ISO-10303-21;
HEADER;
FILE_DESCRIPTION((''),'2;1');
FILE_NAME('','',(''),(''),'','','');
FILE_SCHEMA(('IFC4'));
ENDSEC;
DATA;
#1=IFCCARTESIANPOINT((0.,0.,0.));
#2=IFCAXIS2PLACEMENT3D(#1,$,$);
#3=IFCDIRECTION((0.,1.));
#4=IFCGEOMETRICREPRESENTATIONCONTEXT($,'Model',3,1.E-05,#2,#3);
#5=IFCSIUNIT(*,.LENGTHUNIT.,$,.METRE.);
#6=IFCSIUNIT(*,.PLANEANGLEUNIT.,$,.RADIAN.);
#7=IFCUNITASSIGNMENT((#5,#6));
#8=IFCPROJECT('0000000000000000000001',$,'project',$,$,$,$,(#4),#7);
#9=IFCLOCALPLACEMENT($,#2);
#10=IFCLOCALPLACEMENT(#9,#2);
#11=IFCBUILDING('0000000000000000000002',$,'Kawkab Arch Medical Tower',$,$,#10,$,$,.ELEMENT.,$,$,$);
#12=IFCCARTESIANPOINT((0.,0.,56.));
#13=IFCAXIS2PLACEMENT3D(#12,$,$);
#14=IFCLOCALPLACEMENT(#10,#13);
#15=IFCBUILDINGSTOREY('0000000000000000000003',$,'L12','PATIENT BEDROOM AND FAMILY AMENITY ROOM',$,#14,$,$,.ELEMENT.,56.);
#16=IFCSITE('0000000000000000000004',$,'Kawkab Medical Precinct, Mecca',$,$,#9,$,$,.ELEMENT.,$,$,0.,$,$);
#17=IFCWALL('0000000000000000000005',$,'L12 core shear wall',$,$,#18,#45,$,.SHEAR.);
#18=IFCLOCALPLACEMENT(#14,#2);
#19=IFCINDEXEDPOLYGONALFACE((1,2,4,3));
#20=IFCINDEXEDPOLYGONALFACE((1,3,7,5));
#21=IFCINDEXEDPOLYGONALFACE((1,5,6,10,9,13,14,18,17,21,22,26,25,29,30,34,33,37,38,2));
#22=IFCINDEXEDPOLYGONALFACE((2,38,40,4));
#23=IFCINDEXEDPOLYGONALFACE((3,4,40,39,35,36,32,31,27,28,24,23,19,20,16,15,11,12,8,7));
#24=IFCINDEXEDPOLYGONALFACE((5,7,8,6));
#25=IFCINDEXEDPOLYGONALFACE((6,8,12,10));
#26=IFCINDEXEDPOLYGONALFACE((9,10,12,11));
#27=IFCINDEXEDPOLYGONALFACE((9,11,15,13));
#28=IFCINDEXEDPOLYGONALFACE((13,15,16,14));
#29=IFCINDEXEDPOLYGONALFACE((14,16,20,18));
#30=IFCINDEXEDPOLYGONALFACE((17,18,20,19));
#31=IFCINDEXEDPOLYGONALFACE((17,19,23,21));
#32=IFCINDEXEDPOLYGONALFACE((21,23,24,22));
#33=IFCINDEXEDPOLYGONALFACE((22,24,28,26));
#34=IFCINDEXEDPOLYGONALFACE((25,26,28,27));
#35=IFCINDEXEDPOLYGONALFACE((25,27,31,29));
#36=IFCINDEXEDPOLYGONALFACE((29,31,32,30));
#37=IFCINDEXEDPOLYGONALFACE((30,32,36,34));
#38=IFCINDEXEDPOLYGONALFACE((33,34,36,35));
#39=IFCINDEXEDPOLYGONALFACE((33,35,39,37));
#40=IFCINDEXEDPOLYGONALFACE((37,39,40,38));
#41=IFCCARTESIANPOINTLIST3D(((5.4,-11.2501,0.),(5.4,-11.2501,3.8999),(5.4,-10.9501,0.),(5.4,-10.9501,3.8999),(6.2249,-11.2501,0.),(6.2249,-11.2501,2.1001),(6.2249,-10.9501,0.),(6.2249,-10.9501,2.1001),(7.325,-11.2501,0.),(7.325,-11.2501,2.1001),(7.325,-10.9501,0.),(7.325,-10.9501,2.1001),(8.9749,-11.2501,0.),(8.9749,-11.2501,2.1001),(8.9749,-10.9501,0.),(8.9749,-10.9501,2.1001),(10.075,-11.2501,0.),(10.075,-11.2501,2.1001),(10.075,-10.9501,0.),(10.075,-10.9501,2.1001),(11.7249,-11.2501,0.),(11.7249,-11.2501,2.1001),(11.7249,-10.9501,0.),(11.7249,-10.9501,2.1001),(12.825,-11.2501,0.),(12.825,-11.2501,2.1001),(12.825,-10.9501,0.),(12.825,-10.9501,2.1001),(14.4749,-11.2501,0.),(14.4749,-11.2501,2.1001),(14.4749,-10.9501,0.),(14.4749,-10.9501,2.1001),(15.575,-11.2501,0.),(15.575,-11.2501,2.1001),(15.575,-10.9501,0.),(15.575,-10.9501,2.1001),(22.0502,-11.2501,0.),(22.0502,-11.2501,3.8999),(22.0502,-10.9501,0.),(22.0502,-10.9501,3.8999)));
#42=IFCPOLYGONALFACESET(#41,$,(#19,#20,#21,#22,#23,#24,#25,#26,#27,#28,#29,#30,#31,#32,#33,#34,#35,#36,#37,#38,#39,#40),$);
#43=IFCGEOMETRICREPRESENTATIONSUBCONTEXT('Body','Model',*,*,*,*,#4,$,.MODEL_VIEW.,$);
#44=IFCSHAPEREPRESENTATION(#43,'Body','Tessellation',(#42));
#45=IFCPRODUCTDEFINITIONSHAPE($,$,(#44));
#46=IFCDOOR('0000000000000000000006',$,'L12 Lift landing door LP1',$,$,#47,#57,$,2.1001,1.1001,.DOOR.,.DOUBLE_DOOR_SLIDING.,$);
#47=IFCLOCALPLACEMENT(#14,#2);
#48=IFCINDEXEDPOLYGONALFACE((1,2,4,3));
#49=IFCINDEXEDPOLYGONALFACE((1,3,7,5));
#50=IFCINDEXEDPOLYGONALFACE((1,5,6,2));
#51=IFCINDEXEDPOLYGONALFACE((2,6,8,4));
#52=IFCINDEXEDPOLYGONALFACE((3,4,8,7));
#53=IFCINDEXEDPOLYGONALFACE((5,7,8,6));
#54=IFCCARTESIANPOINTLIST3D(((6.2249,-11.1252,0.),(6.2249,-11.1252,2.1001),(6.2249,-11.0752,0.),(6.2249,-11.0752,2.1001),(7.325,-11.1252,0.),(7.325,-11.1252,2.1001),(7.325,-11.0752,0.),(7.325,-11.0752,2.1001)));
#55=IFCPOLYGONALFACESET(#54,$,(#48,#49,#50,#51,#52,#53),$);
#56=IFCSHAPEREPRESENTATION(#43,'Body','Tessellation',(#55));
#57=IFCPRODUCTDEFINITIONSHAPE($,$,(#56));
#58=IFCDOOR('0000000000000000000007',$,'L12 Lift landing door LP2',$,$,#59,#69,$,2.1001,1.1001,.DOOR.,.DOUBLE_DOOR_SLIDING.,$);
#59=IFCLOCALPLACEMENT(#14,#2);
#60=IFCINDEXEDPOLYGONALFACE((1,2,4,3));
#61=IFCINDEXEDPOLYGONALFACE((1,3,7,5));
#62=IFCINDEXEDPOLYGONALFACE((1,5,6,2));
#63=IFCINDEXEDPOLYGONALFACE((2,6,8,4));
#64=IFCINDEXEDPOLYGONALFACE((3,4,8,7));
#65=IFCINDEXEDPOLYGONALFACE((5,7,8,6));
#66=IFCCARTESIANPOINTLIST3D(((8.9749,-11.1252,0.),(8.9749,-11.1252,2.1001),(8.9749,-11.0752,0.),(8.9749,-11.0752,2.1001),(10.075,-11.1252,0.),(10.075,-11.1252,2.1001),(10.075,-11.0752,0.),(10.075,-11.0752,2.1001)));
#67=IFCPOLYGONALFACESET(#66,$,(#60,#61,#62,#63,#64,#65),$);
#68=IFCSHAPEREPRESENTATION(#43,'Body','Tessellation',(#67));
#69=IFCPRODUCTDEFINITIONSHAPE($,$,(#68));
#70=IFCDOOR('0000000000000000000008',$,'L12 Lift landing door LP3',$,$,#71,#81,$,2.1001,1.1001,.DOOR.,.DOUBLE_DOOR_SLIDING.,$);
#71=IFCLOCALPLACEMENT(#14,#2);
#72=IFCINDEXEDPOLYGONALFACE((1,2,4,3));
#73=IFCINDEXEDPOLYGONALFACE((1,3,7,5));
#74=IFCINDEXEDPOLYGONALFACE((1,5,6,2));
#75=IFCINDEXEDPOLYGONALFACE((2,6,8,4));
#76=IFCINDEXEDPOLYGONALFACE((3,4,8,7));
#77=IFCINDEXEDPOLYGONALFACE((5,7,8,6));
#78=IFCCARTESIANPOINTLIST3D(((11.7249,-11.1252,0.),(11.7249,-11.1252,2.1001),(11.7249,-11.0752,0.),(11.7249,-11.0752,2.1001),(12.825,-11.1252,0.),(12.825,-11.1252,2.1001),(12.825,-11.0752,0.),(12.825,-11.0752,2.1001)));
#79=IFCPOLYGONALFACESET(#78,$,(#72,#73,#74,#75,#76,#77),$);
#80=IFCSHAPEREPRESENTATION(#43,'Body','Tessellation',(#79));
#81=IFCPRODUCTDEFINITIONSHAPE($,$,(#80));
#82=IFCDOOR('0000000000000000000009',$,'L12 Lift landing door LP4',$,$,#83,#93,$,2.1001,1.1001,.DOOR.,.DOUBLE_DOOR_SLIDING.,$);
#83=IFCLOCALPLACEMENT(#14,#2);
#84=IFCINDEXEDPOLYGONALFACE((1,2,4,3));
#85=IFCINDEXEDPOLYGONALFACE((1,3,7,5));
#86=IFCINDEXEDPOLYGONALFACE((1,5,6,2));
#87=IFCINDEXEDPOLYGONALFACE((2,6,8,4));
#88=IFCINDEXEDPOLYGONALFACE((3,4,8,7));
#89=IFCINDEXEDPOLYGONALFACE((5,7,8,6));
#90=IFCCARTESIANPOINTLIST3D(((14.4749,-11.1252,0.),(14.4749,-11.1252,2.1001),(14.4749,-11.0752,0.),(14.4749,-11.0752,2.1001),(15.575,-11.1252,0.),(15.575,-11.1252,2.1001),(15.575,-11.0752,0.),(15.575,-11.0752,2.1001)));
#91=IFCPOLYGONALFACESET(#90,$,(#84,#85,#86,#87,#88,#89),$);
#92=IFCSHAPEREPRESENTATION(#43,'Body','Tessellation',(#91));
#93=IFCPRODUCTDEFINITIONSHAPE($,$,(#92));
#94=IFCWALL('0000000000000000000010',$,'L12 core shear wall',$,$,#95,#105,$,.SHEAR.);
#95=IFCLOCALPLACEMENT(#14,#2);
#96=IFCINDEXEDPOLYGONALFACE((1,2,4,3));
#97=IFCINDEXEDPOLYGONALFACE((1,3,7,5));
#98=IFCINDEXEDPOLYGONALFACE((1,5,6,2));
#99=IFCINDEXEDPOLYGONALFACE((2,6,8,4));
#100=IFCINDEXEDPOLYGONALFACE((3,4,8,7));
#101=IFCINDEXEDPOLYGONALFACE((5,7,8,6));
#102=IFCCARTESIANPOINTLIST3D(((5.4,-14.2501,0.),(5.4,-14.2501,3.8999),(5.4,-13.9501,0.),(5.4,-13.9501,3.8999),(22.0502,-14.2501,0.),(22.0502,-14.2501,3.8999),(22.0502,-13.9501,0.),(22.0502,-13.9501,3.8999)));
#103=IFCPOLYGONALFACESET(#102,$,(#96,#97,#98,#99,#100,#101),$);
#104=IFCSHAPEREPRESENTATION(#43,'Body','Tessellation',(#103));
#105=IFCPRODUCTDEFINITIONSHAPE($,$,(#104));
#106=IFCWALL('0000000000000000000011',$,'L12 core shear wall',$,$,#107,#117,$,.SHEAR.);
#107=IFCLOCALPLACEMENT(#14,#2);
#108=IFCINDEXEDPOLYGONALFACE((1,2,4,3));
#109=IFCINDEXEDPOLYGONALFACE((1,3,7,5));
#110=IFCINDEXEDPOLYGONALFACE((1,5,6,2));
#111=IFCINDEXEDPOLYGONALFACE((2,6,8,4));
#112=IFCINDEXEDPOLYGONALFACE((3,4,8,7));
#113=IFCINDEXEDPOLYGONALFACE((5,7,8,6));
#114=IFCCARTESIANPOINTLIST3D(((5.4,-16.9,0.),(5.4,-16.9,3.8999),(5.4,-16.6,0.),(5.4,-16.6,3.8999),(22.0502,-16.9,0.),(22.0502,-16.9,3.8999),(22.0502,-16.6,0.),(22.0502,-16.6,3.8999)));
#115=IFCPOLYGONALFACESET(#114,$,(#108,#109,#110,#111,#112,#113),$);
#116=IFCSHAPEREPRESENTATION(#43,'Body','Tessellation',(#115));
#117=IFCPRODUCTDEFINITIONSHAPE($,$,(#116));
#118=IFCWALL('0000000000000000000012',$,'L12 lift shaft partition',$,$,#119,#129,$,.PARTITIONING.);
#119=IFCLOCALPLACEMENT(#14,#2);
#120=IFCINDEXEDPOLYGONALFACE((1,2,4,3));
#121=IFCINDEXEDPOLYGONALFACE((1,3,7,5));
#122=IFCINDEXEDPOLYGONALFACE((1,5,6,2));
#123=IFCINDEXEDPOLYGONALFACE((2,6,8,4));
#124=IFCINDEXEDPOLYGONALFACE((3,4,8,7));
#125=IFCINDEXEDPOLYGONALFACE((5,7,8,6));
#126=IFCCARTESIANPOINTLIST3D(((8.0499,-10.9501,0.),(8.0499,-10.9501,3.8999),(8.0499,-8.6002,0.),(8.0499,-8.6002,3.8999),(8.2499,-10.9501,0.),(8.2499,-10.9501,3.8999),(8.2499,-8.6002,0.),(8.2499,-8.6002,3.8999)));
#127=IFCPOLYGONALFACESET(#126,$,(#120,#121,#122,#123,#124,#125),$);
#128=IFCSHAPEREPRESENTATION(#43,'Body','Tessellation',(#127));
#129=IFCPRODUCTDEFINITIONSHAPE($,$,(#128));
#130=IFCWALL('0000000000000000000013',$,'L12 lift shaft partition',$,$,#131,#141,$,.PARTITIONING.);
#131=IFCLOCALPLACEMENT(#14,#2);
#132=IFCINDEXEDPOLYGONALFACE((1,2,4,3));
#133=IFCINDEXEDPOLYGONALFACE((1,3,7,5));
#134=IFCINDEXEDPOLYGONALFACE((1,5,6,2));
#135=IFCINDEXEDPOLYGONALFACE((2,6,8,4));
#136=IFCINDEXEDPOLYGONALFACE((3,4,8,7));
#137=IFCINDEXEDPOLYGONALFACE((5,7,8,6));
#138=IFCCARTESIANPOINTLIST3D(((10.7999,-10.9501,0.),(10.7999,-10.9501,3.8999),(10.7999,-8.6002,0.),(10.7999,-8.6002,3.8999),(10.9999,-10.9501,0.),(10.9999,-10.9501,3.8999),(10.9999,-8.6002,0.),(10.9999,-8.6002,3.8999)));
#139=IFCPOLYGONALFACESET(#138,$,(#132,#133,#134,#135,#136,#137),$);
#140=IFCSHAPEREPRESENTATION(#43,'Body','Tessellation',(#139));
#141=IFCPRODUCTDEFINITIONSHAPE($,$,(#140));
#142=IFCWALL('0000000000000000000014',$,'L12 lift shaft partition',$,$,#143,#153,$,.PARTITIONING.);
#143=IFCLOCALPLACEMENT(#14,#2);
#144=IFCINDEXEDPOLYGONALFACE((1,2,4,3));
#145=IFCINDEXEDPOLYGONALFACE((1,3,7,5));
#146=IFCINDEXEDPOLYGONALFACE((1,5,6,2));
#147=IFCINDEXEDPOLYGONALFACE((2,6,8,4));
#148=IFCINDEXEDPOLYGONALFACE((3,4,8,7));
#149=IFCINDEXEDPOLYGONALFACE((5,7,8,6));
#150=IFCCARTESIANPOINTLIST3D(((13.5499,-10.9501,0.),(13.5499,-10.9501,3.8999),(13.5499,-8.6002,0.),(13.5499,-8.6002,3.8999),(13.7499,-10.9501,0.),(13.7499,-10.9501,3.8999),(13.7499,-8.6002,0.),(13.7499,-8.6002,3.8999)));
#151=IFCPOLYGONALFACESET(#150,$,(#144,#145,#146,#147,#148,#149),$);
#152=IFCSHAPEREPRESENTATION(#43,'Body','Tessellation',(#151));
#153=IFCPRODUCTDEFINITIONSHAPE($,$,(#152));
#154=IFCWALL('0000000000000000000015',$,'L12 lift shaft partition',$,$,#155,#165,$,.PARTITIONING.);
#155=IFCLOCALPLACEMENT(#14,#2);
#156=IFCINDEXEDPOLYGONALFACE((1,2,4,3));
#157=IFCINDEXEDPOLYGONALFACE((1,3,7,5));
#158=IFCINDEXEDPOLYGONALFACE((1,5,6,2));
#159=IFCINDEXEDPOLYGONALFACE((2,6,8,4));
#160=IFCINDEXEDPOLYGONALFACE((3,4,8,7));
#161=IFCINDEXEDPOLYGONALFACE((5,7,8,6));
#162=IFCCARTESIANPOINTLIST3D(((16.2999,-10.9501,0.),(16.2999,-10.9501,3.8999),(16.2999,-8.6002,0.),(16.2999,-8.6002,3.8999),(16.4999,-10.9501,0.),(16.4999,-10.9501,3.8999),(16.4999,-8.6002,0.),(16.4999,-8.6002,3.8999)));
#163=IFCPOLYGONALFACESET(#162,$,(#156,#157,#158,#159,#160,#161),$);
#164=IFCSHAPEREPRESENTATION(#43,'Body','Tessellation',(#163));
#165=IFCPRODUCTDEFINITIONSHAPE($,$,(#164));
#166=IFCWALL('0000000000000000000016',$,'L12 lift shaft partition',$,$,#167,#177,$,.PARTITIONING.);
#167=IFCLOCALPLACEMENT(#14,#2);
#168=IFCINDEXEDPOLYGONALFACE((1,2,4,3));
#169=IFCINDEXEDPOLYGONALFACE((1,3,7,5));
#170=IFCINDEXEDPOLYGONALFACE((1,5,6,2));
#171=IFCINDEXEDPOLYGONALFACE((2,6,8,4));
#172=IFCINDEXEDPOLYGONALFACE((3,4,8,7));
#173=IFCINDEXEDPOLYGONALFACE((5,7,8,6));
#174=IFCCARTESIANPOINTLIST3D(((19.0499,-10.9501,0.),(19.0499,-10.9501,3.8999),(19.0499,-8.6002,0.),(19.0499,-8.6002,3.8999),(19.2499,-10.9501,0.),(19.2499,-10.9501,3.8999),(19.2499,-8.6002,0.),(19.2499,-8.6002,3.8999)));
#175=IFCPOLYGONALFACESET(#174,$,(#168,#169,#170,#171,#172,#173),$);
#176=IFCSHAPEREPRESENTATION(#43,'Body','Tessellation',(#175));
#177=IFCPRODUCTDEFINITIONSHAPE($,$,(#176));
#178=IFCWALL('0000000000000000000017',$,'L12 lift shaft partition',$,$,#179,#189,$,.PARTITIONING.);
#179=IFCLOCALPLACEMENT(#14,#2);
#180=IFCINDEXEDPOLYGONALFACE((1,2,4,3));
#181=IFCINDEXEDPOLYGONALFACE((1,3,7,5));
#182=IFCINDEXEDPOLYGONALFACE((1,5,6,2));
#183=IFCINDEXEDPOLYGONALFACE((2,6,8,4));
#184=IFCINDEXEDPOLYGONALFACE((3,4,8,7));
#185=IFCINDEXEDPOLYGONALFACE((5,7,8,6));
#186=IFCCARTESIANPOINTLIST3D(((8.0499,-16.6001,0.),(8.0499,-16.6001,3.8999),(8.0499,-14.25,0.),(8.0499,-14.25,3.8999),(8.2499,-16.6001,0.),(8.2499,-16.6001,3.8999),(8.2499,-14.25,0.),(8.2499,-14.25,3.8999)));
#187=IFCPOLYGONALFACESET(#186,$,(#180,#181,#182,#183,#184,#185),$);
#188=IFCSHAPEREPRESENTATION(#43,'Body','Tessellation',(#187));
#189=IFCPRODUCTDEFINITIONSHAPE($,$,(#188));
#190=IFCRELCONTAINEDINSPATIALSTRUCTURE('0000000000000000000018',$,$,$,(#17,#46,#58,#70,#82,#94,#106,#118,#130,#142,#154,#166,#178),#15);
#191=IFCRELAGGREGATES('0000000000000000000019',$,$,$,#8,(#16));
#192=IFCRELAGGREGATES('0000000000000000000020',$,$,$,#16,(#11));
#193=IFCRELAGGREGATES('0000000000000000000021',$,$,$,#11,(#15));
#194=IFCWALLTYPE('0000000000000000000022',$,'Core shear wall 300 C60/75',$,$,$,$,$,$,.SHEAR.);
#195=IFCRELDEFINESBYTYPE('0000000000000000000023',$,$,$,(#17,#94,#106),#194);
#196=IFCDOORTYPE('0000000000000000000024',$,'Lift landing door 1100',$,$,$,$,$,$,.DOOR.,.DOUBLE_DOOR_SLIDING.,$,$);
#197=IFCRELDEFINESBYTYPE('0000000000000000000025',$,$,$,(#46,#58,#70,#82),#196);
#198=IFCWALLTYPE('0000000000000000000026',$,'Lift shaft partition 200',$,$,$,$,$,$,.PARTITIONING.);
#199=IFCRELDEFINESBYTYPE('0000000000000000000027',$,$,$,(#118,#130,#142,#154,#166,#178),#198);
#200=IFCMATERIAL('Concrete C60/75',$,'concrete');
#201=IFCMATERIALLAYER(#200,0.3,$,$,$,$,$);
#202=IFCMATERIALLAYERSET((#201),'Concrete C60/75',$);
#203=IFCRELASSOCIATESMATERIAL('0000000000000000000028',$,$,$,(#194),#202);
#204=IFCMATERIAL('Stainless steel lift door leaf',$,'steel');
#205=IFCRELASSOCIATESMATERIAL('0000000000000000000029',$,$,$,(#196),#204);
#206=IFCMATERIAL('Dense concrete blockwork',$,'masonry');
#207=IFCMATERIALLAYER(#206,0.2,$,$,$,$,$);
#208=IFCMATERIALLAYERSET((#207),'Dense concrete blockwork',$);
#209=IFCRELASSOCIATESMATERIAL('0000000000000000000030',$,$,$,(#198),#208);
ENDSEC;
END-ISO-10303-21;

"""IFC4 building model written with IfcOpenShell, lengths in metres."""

from ifc_helpers import new_model, si_unit, direction, frame, frame_2d, origin, place, context, subcontext, project, spatial, rectangle, extrude, material, layer, layer_set, type_object, element, fill, save


model = new_model("IFC4")

# Units and contexts
model_context = context("Model", 3, precision=1e-05, world=origin(), true_north=direction((0.0, 1.0)))
body_context = subcontext(model_context, "Body", "Model", "MODEL_VIEW")
ifc_project = project(units=[si_unit("LENGTHUNIT", "METRE"), si_unit("PLANEANGLEUNIT", "RADIAN")], contexts=[model_context])

# Site, building, storey
site_placement = place(None, origin())
site = spatial("IfcSite", under=ifc_project, at=site_placement, Name="Kawkab Medical Precinct, Mecca", CompositionType="ELEMENT", RefElevation=0.0)
building_placement = place(site_placement, origin())
building = spatial("IfcBuilding", under=site, at=building_placement, Name="Kawkab Arch Medical Tower", CompositionType="ELEMENT")
storey_placement = place(building_placement, frame((0.0, 0.0, 56.0)))
storey = spatial("IfcBuildingStorey", under=building, at=storey_placement, Name="L12", Description="PATIENT BEDROOM AND FAMILY AMENITY ROOM", CompositionType="ELEMENT", Elevation=56.0)

# Wall, openings, doors
ifc_material_1 = material(Name="Concrete C60/75", Category="concrete")
ifc_layer_1 = layer(ifc_material_1, 0.3)
ifc_layer_set_1 = layer_set([ifc_layer_1], Name="Concrete C60/75")
wall_type_1 = type_object("IfcWallType", Name="Core shear wall 300 C60/75", PredefinedType="SHEAR", material=ifc_layer_set_1)
wall_1_placement = place(storey_placement, frame((5.3999, -11.1001, 0.0), z_axis=(0.0, 0.0, 1.0), x_axis=(1.0, 0.0, 0.0)))
wall_1 = element("IfcWall", 1, at=wall_1_placement, inside=storey, type_object=wall_type_1, Name="L12 core shear wall", PredefinedType="SHEAR", context=body_context, shape_type="SweptSolid", body=[
    extrude(rectangle(XDim=16.6501, YDim=0.3, at=frame_2d((8.3252, 0.0))), origin(), (0.0, 0.0, 1.0), 3.8999),
])
opening_1_placement = place(wall_1_placement, frame((0.825, 0.0, 0.0)))
opening_1 = element("IfcOpeningElement", 2, at=opening_1_placement, cuts=wall_1, PredefinedType="OPENING", context=body_context, shape_type="SweptSolid", body=[
    extrude(rectangle(XDim=1.1001, YDim=2.1001, at=frame_2d((0.55, 1.05))), frame((0.0, 0.1599, 0.0), z_axis=(0.0, -1.0, 0.0), x_axis=(1.0, 0.0, 0.0)), (0.0, 0.0, 1.0), 0.3201),
])
opening_2_placement = place(wall_1_placement, frame((3.575, 0.0, 0.0)))
opening_2 = element("IfcOpeningElement", 3, at=opening_2_placement, cuts=wall_1, PredefinedType="OPENING", context=body_context, shape_type="SweptSolid", body=[
    extrude(rectangle(XDim=1.1001, YDim=2.1001, at=frame_2d((0.55, 1.05))), frame((0.0, 0.1599, 0.0), z_axis=(0.0, -1.0, 0.0), x_axis=(1.0, 0.0, 0.0)), (0.0, 0.0, 1.0), 0.3201),
])
opening_3_placement = place(wall_1_placement, frame((6.325, 0.0, 0.0)))
opening_3 = element("IfcOpeningElement", 4, at=opening_3_placement, cuts=wall_1, PredefinedType="OPENING", context=body_context, shape_type="SweptSolid", body=[
    extrude(rectangle(XDim=1.1001, YDim=2.1001, at=frame_2d((0.55, 1.05))), frame((0.0, 0.1599, 0.0), z_axis=(0.0, -1.0, 0.0), x_axis=(1.0, 0.0, 0.0)), (0.0, 0.0, 1.0), 0.3201),
])
opening_4_placement = place(wall_1_placement, frame((9.075, 0.0, 0.0)))
opening_4 = element("IfcOpeningElement", 5, at=opening_4_placement, cuts=wall_1, PredefinedType="OPENING", context=body_context, shape_type="SweptSolid", body=[
    extrude(rectangle(XDim=1.1001, YDim=2.1001, at=frame_2d((0.55, 1.05))), frame((0.0, 0.1599, 0.0), z_axis=(0.0, -1.0, 0.0), x_axis=(1.0, 0.0, 0.0)), (0.0, 0.0, 1.0), 0.3201),
])
ifc_material_2 = material(Name="Stainless steel lift door leaf", Category="steel")
door_type = type_object("IfcDoorType", Name="Lift landing door 1100", OperationType="DOUBLE_DOOR_SLIDING", PredefinedType="DOOR", material=ifc_material_2)
door_1_placement = place(opening_1_placement, origin())
door_1 = element("IfcDoor", 6, at=door_1_placement, inside=storey, type_object=door_type, Name="L12 Lift landing door LP1", OperationType="DOUBLE_DOOR_SLIDING", OverallHeight=2.1001, OverallWidth=1.1001, PredefinedType="DOOR", context=body_context, shape_type="SweptSolid", body=[
    extrude(rectangle(XDim=1.1001, YDim=2.1001, at=frame_2d((0.55, 1.05))), frame((0.0, 0.0249, 0.0), z_axis=(0.0, -1.0, 0.0), x_axis=(1.0, 0.0, 0.0)), (0.0, 0.0, 1.0), 0.05),
])
fill(opening_1, door_1)
door_2_placement = place(opening_2_placement, origin())
door_2 = element("IfcDoor", 7, at=door_2_placement, inside=storey, type_object=door_type, Name="L12 Lift landing door LP2", OperationType="DOUBLE_DOOR_SLIDING", OverallHeight=2.1001, OverallWidth=1.1001, PredefinedType="DOOR", context=body_context, shape_type="SweptSolid", body=[
    extrude(rectangle(XDim=1.1001, YDim=2.1001, at=frame_2d((0.55, 1.05))), frame((0.0, 0.0249, 0.0), z_axis=(0.0, -1.0, 0.0), x_axis=(1.0, 0.0, 0.0)), (0.0, 0.0, 1.0), 0.05),
])
fill(opening_2, door_2)
door_3_placement = place(opening_3_placement, origin())
door_3 = element("IfcDoor", 8, at=door_3_placement, inside=storey, type_object=door_type, Name="L12 Lift landing door LP3", OperationType="DOUBLE_DOOR_SLIDING", OverallHeight=2.1001, OverallWidth=1.1001, PredefinedType="DOOR", context=body_context, shape_type="SweptSolid", body=[
    extrude(rectangle(XDim=1.1001, YDim=2.1001, at=frame_2d((0.55, 1.05))), frame((0.0, 0.0249, 0.0), z_axis=(0.0, -1.0, 0.0), x_axis=(1.0, 0.0, 0.0)), (0.0, 0.0, 1.0), 0.05),
])
fill(opening_3, door_3)
door_4_placement = place(opening_4_placement, origin())
door_4 = element("IfcDoor", 9, at=door_4_placement, inside=storey, type_object=door_type, Name="L12 Lift landing door LP4", OperationType="DOUBLE_DOOR_SLIDING", OverallHeight=2.1001, OverallWidth=1.1001, PredefinedType="DOOR", context=body_context, shape_type="SweptSolid", body=[
    extrude(rectangle(XDim=1.1001, YDim=2.1001, at=frame_2d((0.55, 1.05))), frame((0.0, 0.0249, 0.0), z_axis=(0.0, -1.0, 0.0), x_axis=(1.0, 0.0, 0.0)), (0.0, 0.0, 1.0), 0.05),
])
fill(opening_4, door_4)

# Walls
for number, where, z_axis, x_axis, name in (
    (10, (5.3999, -14.1001, 0.0), (0.0, 0.0, 1.0), (1.0, 0.0, 0.0), "L12 core shear wall"),
    (11, (5.3999, -16.75, 0.0), (0.0, 0.0, 1.0), (1.0, 0.0, 0.0), "L12 core shear wall"),
):
    element("IfcWall", number, at=place(storey_placement, frame(where, z_axis=z_axis, x_axis=x_axis)), inside=storey, type_object=wall_type_1, Name=name, PredefinedType="SHEAR", context=body_context, shape_type="SweptSolid", body=[
        extrude(rectangle(XDim=16.6501, YDim=0.3, at=frame_2d((8.3252, 0.0))), origin(), (0.0, 0.0, 1.0), 3.8999),
    ])
ifc_material_3 = material(Name="Dense concrete blockwork", Category="masonry")
ifc_layer_2 = layer(ifc_material_3, 0.2)
ifc_layer_set_2 = layer_set([ifc_layer_2], Name="Dense concrete blockwork")
wall_type_2 = type_object("IfcWallType", Name="Lift shaft partition 200", PredefinedType="PARTITIONING", material=ifc_layer_set_2)
for number, where, z_axis, x_axis, name in (
    (12, (8.1499, -10.95, 0.0), (0.0, 0.0, 1.0), (0.0, 1.0, 0.0), "L12 lift shaft partition"),
    (13, (10.8999, -10.95, 0.0), (0.0, 0.0, 1.0), (0.0, 1.0, 0.0), "L12 lift shaft partition"),
    (14, (13.6499, -10.95, 0.0), (0.0, 0.0, 1.0), (0.0, 1.0, 0.0), "L12 lift shaft partition"),
    (15, (16.3999, -10.95, 0.0), (0.0, 0.0, 1.0), (0.0, 1.0, 0.0), "L12 lift shaft partition"),
    (16, (19.1499, -10.95, 0.0), (0.0, 0.0, 1.0), (0.0, 1.0, 0.0), "L12 lift shaft partition"),
):
    element("IfcWall", number, at=place(storey_placement, frame(where, z_axis=z_axis, x_axis=x_axis)), inside=storey, type_object=wall_type_2, Name=name, PredefinedType="PARTITIONING", context=body_context, shape_type="SweptSolid", body=[
        extrude(rectangle(XDim=2.3499, YDim=0.2, at=frame_2d((1.1748, 0.0))), origin(), (0.0, 0.0, 1.0), 3.8999),
    ])
for number, where, z_axis, x_axis, name in (
    (17, (8.1499, -16.6001, 0.0), (0.0, 0.0, 1.0), (0.0, 1.0, 0.0), "L12 lift shaft partition"),
):
    element("IfcWall", number, at=place(storey_placement, frame(where, z_axis=z_axis, x_axis=x_axis)), inside=storey, type_object=wall_type_2, Name=name, PredefinedType="PARTITIONING", context=body_context, shape_type="SweptSolid", body=[
        extrude(rectangle(XDim=2.3501, YDim=0.2, at=frame_2d((1.175, 0.0))), origin(), (0.0, 0.0, 1.0), 3.8999),
    ])

save(model, "model.ifc")
